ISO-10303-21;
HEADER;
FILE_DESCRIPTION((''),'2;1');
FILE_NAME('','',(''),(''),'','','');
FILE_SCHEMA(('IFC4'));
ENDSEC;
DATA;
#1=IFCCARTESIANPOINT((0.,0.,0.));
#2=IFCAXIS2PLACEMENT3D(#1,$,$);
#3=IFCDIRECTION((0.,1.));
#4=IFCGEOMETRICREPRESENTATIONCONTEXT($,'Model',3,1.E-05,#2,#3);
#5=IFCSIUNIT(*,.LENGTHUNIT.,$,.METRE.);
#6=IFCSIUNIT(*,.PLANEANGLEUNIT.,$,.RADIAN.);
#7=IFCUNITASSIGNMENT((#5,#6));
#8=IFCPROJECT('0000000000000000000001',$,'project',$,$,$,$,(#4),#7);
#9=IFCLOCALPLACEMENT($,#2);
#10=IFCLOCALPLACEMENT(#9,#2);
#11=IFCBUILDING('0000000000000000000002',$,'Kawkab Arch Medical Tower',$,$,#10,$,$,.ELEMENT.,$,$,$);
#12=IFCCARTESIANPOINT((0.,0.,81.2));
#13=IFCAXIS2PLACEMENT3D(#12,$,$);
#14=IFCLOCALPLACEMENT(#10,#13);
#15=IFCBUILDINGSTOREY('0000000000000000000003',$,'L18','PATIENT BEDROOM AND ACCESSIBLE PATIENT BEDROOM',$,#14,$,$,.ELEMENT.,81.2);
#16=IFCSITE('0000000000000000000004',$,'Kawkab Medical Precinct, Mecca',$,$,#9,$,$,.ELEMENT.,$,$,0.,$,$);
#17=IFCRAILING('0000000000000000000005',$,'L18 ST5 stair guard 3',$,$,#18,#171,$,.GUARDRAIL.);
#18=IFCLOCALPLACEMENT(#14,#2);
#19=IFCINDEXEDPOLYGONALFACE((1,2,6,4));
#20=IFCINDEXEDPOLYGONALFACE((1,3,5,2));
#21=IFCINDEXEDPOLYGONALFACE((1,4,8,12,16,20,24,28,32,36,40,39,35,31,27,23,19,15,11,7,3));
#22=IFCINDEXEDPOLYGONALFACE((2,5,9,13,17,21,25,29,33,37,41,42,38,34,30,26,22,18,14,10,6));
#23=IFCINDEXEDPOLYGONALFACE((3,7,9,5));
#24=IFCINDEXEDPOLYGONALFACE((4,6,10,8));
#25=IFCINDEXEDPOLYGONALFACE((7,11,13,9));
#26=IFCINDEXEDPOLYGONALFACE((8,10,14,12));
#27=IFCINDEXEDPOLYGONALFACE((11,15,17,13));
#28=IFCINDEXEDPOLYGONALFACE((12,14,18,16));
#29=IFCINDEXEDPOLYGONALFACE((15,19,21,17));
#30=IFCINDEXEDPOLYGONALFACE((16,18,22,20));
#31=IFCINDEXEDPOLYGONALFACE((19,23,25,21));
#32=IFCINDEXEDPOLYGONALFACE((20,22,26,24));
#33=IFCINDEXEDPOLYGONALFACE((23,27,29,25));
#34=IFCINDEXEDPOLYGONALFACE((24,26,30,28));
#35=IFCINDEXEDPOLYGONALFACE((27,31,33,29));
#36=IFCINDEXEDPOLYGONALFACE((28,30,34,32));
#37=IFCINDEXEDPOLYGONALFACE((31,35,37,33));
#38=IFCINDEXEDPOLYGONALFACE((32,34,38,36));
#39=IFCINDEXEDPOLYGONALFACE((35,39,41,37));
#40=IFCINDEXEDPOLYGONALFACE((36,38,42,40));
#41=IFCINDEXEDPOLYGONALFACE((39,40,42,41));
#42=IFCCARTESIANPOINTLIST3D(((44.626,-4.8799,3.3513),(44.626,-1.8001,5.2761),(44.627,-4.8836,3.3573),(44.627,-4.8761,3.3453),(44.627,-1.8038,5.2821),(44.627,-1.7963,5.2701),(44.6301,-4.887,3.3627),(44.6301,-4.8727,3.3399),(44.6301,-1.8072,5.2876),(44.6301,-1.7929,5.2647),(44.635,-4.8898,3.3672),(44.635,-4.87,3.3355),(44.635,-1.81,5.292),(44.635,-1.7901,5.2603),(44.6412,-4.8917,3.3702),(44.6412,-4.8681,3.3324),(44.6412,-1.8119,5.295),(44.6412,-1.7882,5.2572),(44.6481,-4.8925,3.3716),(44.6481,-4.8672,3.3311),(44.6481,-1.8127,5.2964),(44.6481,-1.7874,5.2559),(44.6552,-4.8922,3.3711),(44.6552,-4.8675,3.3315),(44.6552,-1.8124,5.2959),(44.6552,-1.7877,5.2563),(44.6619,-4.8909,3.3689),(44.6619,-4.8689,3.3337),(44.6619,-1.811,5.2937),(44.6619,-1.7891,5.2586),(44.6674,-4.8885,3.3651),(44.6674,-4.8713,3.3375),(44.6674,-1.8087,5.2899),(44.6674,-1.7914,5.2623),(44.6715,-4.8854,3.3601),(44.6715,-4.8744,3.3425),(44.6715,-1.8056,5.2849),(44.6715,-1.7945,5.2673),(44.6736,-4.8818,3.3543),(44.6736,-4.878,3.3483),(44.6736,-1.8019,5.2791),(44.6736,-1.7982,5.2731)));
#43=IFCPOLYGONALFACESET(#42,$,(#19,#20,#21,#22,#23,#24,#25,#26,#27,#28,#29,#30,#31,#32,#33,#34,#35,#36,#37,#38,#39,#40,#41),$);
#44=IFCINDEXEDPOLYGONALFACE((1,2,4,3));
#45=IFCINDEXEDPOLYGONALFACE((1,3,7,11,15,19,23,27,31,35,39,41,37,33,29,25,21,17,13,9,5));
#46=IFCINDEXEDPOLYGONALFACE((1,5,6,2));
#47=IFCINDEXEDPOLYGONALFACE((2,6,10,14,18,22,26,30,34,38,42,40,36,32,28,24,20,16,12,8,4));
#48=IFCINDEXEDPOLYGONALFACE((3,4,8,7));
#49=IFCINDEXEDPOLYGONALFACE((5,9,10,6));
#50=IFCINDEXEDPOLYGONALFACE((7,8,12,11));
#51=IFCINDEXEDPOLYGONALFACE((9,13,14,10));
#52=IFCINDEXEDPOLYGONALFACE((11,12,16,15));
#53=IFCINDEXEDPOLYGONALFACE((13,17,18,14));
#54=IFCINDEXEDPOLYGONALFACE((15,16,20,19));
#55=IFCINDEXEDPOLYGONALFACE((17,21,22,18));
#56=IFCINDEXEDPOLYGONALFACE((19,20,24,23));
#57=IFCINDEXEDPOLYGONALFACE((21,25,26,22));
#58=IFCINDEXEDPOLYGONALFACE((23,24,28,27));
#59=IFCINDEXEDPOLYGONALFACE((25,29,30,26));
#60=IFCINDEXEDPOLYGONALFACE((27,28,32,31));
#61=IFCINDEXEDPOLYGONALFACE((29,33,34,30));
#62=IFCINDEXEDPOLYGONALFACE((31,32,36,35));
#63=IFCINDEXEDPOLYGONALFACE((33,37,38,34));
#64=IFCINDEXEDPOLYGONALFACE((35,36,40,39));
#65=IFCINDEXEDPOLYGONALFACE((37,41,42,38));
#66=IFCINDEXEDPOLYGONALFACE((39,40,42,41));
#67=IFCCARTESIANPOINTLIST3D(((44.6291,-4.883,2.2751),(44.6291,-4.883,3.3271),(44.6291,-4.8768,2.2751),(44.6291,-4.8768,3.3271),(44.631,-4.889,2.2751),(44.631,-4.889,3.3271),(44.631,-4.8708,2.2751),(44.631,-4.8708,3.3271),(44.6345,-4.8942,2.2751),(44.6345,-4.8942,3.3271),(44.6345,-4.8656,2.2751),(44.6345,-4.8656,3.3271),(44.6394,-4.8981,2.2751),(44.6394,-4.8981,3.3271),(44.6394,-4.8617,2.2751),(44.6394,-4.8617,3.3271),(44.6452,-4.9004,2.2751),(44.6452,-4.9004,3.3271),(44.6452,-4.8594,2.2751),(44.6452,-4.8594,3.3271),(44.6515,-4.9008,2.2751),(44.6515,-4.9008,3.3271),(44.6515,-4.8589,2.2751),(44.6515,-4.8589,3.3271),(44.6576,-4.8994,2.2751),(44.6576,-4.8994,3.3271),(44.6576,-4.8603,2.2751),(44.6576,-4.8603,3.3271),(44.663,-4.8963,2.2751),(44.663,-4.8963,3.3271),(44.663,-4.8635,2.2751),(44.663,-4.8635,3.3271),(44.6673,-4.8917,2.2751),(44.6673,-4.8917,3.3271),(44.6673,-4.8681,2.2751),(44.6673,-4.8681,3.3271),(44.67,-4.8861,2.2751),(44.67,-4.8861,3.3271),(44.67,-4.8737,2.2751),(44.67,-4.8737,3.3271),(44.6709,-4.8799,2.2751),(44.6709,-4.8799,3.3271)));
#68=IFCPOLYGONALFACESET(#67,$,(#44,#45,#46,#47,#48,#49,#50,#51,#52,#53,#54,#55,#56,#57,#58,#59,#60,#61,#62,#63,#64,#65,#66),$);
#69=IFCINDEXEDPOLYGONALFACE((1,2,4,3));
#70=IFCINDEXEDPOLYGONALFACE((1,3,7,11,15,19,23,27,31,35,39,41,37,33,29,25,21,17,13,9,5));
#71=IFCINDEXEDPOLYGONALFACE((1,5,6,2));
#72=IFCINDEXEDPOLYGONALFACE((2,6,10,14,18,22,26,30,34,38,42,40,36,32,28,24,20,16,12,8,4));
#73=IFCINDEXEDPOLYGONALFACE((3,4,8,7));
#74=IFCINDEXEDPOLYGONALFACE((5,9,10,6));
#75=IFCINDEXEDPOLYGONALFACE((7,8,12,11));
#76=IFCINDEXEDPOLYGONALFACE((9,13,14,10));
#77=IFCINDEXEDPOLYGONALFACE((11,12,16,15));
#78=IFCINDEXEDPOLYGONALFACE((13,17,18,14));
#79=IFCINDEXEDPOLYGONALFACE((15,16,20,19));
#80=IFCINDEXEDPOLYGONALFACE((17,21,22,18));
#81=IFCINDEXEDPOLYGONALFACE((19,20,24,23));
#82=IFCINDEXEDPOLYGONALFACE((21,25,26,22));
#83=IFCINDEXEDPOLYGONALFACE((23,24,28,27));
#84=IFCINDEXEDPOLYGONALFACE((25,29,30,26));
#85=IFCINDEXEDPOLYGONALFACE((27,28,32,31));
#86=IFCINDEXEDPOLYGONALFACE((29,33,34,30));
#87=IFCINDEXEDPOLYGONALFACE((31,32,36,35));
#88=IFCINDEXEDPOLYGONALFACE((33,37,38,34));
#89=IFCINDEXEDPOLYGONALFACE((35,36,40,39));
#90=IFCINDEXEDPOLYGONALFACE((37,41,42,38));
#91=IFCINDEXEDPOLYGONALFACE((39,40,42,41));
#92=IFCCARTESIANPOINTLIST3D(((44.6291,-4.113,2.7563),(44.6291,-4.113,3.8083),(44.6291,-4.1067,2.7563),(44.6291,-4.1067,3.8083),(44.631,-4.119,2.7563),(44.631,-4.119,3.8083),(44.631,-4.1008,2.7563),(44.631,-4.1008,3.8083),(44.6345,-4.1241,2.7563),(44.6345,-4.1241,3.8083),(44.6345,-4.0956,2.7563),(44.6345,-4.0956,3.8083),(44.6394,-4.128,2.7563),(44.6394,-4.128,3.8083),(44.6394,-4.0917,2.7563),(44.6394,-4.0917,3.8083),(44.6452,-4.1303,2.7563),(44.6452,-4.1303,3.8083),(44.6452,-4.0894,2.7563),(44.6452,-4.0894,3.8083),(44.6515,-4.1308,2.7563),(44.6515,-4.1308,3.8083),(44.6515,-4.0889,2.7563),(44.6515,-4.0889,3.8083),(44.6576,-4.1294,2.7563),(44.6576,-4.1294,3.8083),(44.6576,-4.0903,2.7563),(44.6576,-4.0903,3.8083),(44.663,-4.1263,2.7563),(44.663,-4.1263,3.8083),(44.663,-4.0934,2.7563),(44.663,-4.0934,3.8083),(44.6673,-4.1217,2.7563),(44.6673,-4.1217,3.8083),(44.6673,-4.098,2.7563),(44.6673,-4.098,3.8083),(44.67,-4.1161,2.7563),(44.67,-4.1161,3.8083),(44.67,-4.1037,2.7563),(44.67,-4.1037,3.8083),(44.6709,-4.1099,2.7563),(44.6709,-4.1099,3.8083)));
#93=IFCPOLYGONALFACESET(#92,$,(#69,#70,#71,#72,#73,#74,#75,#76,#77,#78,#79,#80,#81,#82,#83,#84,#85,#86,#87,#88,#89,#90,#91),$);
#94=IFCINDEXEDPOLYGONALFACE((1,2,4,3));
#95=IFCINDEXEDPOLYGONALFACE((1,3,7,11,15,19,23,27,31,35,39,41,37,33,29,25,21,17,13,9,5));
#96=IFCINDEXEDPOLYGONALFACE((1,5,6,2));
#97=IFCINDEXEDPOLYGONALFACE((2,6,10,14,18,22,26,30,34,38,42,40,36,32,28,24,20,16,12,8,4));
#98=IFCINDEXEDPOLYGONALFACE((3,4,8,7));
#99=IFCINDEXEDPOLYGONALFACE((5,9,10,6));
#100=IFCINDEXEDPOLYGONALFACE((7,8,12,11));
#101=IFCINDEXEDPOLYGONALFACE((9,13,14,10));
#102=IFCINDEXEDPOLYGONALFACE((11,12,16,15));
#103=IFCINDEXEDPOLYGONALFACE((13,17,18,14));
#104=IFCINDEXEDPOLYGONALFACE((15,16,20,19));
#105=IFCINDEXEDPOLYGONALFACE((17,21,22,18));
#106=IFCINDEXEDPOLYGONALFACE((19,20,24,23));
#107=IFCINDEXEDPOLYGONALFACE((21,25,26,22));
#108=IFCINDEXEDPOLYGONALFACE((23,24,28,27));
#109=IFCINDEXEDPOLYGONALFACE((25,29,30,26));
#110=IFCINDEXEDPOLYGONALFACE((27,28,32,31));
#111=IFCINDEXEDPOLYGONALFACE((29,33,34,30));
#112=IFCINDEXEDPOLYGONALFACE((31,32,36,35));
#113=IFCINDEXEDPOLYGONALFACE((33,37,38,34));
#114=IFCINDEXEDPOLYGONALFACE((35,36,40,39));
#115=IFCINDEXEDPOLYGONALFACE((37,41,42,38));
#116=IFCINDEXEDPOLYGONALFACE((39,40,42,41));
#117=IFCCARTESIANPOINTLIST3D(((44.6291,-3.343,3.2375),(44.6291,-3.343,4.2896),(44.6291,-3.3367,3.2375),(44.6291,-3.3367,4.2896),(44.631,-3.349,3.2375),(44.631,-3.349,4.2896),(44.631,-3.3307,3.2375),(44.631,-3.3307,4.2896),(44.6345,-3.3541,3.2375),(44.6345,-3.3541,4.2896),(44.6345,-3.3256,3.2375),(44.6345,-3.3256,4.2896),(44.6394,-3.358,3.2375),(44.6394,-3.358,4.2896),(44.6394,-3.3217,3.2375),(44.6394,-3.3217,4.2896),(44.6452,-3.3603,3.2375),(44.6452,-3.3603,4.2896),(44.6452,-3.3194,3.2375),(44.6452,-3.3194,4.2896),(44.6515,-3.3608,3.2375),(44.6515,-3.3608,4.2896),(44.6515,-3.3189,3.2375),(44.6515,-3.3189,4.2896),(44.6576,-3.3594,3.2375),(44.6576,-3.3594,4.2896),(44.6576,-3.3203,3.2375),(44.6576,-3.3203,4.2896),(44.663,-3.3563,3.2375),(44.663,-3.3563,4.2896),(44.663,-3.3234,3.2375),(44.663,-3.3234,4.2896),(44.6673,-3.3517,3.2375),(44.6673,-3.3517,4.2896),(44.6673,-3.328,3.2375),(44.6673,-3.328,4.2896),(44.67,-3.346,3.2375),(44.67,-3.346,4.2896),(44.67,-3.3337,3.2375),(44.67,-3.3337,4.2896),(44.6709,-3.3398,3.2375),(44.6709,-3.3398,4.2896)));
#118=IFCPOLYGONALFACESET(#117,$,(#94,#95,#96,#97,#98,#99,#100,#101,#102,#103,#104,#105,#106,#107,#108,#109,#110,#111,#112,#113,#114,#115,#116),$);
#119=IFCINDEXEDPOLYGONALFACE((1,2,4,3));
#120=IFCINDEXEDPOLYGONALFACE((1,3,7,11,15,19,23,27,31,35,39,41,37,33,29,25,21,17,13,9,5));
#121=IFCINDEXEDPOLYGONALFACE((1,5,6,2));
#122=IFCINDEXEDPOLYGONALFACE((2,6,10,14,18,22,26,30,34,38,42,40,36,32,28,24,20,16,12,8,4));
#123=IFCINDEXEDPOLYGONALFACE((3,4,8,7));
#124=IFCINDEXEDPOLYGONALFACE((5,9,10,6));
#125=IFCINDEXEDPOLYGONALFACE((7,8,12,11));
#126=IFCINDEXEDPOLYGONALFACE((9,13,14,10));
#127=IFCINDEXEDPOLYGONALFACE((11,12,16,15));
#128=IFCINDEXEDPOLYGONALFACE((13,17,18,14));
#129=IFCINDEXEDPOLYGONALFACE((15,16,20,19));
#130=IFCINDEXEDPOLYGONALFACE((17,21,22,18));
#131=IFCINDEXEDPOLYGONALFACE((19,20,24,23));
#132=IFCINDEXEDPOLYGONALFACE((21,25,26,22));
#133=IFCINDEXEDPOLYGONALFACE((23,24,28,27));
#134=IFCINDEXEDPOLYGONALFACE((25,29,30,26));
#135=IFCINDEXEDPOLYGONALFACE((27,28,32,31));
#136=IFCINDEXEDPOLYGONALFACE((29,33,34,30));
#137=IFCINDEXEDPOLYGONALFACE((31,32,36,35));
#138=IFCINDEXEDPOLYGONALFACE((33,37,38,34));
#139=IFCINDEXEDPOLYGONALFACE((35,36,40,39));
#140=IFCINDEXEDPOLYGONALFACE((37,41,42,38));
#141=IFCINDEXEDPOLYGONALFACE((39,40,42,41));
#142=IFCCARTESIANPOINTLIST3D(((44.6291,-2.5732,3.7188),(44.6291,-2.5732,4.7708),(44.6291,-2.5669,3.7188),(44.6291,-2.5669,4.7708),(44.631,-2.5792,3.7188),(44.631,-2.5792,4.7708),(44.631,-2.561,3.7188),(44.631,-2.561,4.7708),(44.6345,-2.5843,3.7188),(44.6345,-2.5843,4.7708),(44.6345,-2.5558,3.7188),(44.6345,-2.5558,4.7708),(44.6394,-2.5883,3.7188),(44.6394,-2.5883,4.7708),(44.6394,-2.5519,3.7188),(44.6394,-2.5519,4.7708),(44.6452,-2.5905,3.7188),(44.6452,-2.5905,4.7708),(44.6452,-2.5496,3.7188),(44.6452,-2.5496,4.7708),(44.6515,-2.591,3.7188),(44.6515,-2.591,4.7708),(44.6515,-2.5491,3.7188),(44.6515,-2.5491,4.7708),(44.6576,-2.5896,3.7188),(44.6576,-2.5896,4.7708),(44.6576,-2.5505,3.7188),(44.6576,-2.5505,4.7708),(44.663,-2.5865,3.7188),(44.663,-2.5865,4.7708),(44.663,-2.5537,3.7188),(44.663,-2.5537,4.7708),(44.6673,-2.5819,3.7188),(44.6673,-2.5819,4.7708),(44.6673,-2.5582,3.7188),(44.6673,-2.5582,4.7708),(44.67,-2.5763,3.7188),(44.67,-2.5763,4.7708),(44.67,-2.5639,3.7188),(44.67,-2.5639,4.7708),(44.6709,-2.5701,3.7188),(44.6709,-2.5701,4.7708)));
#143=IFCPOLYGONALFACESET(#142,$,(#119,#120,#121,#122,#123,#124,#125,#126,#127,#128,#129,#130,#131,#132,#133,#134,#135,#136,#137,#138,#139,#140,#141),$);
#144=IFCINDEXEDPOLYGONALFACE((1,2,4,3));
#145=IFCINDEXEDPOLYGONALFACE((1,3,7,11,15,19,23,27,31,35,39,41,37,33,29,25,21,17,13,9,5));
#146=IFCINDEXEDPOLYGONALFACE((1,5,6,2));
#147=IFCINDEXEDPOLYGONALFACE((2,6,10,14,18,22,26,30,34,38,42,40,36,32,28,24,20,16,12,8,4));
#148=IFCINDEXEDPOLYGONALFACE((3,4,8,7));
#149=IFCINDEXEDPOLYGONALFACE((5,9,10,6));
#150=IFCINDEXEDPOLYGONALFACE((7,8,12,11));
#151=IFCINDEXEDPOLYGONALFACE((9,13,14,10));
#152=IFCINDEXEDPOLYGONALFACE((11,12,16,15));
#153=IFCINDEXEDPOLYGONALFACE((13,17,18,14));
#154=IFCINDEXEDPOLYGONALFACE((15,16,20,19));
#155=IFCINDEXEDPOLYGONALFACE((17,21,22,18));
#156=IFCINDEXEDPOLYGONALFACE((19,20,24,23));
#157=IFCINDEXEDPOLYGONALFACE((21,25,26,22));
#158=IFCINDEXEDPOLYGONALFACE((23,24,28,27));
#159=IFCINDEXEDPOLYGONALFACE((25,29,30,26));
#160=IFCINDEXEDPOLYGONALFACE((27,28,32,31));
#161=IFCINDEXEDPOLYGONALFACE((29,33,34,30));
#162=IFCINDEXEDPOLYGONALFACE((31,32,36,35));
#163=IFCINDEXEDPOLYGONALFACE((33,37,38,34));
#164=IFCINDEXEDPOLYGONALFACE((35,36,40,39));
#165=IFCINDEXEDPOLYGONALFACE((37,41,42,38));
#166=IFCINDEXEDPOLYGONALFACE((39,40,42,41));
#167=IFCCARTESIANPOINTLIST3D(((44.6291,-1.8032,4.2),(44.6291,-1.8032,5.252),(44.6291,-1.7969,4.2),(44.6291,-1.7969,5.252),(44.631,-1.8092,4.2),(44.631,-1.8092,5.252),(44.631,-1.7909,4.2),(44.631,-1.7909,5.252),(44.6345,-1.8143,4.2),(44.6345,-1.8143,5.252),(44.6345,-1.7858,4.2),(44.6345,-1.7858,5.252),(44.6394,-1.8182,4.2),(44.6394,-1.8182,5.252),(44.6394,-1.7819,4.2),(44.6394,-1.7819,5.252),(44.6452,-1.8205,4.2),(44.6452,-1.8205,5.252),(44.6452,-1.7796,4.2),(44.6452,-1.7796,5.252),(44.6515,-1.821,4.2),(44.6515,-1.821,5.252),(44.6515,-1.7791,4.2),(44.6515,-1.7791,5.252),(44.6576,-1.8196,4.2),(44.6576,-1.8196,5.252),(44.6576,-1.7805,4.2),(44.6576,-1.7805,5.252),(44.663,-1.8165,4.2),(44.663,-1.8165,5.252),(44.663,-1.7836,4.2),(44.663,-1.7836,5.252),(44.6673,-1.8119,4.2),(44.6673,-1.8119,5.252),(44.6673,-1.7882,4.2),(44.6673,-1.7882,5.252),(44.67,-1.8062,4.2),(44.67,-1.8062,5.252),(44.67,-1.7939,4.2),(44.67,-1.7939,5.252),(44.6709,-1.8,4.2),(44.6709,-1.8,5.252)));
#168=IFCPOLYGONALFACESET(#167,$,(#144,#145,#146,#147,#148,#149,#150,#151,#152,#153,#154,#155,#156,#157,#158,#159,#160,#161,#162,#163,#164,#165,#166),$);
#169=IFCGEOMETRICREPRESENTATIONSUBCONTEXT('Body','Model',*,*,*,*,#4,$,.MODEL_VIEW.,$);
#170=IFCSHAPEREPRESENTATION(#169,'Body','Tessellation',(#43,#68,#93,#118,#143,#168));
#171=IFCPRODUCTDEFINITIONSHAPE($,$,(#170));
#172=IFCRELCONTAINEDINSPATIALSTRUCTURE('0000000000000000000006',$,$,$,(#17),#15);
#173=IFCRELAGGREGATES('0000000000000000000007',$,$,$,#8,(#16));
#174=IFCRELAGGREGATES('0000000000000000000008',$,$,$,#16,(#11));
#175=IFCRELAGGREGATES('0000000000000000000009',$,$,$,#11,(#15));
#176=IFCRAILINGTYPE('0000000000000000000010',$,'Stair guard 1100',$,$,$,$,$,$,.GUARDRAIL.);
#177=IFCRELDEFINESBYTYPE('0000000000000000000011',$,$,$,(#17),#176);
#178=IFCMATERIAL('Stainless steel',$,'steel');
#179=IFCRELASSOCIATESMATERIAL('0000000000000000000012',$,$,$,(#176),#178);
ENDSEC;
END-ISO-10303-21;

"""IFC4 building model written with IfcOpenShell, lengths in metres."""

from ifc_helpers import new_model, si_unit, direction, frame, origin, origin_2d, place, context, subcontext, project, spatial, circle, extrude, material, type_object, element, save


model = new_model("IFC4")

# Units and contexts
model_context = context("Model", 3, precision=1e-05, world=origin(), true_north=direction((0.0, 1.0)))
body_context = subcontext(model_context, "Body", "Model", "MODEL_VIEW")
ifc_project = project(units=[si_unit("LENGTHUNIT", "METRE"), si_unit("PLANEANGLEUNIT", "RADIAN")], contexts=[model_context])

# Site, building, storey
site_placement = place(None, origin())
site = spatial("IfcSite", under=ifc_project, at=site_placement, Name="Kawkab Medical Precinct, Mecca", CompositionType="ELEMENT", RefElevation=0.0)
building_placement = place(site_placement, origin())
building = spatial("IfcBuilding", under=site, at=building_placement, Name="Kawkab Arch Medical Tower", CompositionType="ELEMENT")
storey_placement = place(building_placement, frame((0.0, 0.0, 81.2)))
storey = spatial("IfcBuildingStorey", under=building, at=storey_placement, Name="L18", Description="PATIENT BEDROOM AND ACCESSIBLE PATIENT BEDROOM", CompositionType="ELEMENT", Elevation=81.2)

# Railing
ifc_material_1 = material(Name="Stainless steel", Category="steel")
railing_type = type_object("IfcRailingType", Name="Stair guard 1100", PredefinedType="GUARDRAIL", material=ifc_material_1)
railing_1_placement = place(storey_placement, frame((44.6499, -4.8799, 2.2751)))
element("IfcRailing", 1, at=railing_1_placement, inside=storey, type_object=railing_type, Name="L18 ST5 stair guard 3", PredefinedType="GUARDRAIL", context=body_context, shape_type="SweptSolid", body=[
    extrude(circle(Radius=0.0239, at=origin_2d()), frame((0.0, 0.0, 1.0762), z_axis=(0.0, 0.84801, 0.529981), x_axis=(-1.0, 0.0, 0.0)), (0.0, 0.0, 1.0), 3.6318),
    extrude(circle(Radius=0.021, at=origin_2d()), origin(), (0.0, 0.0, 1.0), 1.052),
    extrude(circle(Radius=0.021, at=origin_2d()), frame((0.0, 0.77, 0.4812)), (0.0, 0.0, 1.0), 1.052),
    extrude(circle(Radius=0.021, at=origin_2d()), frame((0.0, 1.54, 0.9624)), (0.0, 0.0, 1.0), 1.052),
    extrude(circle(Radius=0.021, at=origin_2d()), frame((0.0, 2.3098, 1.4436)), (0.0, 0.0, 1.0), 1.052),
    extrude(circle(Radius=0.021, at=origin_2d()), frame((0.0, 3.0798, 1.9248)), (0.0, 0.0, 1.0), 1.052),
])

save(model, "model.ifc")
